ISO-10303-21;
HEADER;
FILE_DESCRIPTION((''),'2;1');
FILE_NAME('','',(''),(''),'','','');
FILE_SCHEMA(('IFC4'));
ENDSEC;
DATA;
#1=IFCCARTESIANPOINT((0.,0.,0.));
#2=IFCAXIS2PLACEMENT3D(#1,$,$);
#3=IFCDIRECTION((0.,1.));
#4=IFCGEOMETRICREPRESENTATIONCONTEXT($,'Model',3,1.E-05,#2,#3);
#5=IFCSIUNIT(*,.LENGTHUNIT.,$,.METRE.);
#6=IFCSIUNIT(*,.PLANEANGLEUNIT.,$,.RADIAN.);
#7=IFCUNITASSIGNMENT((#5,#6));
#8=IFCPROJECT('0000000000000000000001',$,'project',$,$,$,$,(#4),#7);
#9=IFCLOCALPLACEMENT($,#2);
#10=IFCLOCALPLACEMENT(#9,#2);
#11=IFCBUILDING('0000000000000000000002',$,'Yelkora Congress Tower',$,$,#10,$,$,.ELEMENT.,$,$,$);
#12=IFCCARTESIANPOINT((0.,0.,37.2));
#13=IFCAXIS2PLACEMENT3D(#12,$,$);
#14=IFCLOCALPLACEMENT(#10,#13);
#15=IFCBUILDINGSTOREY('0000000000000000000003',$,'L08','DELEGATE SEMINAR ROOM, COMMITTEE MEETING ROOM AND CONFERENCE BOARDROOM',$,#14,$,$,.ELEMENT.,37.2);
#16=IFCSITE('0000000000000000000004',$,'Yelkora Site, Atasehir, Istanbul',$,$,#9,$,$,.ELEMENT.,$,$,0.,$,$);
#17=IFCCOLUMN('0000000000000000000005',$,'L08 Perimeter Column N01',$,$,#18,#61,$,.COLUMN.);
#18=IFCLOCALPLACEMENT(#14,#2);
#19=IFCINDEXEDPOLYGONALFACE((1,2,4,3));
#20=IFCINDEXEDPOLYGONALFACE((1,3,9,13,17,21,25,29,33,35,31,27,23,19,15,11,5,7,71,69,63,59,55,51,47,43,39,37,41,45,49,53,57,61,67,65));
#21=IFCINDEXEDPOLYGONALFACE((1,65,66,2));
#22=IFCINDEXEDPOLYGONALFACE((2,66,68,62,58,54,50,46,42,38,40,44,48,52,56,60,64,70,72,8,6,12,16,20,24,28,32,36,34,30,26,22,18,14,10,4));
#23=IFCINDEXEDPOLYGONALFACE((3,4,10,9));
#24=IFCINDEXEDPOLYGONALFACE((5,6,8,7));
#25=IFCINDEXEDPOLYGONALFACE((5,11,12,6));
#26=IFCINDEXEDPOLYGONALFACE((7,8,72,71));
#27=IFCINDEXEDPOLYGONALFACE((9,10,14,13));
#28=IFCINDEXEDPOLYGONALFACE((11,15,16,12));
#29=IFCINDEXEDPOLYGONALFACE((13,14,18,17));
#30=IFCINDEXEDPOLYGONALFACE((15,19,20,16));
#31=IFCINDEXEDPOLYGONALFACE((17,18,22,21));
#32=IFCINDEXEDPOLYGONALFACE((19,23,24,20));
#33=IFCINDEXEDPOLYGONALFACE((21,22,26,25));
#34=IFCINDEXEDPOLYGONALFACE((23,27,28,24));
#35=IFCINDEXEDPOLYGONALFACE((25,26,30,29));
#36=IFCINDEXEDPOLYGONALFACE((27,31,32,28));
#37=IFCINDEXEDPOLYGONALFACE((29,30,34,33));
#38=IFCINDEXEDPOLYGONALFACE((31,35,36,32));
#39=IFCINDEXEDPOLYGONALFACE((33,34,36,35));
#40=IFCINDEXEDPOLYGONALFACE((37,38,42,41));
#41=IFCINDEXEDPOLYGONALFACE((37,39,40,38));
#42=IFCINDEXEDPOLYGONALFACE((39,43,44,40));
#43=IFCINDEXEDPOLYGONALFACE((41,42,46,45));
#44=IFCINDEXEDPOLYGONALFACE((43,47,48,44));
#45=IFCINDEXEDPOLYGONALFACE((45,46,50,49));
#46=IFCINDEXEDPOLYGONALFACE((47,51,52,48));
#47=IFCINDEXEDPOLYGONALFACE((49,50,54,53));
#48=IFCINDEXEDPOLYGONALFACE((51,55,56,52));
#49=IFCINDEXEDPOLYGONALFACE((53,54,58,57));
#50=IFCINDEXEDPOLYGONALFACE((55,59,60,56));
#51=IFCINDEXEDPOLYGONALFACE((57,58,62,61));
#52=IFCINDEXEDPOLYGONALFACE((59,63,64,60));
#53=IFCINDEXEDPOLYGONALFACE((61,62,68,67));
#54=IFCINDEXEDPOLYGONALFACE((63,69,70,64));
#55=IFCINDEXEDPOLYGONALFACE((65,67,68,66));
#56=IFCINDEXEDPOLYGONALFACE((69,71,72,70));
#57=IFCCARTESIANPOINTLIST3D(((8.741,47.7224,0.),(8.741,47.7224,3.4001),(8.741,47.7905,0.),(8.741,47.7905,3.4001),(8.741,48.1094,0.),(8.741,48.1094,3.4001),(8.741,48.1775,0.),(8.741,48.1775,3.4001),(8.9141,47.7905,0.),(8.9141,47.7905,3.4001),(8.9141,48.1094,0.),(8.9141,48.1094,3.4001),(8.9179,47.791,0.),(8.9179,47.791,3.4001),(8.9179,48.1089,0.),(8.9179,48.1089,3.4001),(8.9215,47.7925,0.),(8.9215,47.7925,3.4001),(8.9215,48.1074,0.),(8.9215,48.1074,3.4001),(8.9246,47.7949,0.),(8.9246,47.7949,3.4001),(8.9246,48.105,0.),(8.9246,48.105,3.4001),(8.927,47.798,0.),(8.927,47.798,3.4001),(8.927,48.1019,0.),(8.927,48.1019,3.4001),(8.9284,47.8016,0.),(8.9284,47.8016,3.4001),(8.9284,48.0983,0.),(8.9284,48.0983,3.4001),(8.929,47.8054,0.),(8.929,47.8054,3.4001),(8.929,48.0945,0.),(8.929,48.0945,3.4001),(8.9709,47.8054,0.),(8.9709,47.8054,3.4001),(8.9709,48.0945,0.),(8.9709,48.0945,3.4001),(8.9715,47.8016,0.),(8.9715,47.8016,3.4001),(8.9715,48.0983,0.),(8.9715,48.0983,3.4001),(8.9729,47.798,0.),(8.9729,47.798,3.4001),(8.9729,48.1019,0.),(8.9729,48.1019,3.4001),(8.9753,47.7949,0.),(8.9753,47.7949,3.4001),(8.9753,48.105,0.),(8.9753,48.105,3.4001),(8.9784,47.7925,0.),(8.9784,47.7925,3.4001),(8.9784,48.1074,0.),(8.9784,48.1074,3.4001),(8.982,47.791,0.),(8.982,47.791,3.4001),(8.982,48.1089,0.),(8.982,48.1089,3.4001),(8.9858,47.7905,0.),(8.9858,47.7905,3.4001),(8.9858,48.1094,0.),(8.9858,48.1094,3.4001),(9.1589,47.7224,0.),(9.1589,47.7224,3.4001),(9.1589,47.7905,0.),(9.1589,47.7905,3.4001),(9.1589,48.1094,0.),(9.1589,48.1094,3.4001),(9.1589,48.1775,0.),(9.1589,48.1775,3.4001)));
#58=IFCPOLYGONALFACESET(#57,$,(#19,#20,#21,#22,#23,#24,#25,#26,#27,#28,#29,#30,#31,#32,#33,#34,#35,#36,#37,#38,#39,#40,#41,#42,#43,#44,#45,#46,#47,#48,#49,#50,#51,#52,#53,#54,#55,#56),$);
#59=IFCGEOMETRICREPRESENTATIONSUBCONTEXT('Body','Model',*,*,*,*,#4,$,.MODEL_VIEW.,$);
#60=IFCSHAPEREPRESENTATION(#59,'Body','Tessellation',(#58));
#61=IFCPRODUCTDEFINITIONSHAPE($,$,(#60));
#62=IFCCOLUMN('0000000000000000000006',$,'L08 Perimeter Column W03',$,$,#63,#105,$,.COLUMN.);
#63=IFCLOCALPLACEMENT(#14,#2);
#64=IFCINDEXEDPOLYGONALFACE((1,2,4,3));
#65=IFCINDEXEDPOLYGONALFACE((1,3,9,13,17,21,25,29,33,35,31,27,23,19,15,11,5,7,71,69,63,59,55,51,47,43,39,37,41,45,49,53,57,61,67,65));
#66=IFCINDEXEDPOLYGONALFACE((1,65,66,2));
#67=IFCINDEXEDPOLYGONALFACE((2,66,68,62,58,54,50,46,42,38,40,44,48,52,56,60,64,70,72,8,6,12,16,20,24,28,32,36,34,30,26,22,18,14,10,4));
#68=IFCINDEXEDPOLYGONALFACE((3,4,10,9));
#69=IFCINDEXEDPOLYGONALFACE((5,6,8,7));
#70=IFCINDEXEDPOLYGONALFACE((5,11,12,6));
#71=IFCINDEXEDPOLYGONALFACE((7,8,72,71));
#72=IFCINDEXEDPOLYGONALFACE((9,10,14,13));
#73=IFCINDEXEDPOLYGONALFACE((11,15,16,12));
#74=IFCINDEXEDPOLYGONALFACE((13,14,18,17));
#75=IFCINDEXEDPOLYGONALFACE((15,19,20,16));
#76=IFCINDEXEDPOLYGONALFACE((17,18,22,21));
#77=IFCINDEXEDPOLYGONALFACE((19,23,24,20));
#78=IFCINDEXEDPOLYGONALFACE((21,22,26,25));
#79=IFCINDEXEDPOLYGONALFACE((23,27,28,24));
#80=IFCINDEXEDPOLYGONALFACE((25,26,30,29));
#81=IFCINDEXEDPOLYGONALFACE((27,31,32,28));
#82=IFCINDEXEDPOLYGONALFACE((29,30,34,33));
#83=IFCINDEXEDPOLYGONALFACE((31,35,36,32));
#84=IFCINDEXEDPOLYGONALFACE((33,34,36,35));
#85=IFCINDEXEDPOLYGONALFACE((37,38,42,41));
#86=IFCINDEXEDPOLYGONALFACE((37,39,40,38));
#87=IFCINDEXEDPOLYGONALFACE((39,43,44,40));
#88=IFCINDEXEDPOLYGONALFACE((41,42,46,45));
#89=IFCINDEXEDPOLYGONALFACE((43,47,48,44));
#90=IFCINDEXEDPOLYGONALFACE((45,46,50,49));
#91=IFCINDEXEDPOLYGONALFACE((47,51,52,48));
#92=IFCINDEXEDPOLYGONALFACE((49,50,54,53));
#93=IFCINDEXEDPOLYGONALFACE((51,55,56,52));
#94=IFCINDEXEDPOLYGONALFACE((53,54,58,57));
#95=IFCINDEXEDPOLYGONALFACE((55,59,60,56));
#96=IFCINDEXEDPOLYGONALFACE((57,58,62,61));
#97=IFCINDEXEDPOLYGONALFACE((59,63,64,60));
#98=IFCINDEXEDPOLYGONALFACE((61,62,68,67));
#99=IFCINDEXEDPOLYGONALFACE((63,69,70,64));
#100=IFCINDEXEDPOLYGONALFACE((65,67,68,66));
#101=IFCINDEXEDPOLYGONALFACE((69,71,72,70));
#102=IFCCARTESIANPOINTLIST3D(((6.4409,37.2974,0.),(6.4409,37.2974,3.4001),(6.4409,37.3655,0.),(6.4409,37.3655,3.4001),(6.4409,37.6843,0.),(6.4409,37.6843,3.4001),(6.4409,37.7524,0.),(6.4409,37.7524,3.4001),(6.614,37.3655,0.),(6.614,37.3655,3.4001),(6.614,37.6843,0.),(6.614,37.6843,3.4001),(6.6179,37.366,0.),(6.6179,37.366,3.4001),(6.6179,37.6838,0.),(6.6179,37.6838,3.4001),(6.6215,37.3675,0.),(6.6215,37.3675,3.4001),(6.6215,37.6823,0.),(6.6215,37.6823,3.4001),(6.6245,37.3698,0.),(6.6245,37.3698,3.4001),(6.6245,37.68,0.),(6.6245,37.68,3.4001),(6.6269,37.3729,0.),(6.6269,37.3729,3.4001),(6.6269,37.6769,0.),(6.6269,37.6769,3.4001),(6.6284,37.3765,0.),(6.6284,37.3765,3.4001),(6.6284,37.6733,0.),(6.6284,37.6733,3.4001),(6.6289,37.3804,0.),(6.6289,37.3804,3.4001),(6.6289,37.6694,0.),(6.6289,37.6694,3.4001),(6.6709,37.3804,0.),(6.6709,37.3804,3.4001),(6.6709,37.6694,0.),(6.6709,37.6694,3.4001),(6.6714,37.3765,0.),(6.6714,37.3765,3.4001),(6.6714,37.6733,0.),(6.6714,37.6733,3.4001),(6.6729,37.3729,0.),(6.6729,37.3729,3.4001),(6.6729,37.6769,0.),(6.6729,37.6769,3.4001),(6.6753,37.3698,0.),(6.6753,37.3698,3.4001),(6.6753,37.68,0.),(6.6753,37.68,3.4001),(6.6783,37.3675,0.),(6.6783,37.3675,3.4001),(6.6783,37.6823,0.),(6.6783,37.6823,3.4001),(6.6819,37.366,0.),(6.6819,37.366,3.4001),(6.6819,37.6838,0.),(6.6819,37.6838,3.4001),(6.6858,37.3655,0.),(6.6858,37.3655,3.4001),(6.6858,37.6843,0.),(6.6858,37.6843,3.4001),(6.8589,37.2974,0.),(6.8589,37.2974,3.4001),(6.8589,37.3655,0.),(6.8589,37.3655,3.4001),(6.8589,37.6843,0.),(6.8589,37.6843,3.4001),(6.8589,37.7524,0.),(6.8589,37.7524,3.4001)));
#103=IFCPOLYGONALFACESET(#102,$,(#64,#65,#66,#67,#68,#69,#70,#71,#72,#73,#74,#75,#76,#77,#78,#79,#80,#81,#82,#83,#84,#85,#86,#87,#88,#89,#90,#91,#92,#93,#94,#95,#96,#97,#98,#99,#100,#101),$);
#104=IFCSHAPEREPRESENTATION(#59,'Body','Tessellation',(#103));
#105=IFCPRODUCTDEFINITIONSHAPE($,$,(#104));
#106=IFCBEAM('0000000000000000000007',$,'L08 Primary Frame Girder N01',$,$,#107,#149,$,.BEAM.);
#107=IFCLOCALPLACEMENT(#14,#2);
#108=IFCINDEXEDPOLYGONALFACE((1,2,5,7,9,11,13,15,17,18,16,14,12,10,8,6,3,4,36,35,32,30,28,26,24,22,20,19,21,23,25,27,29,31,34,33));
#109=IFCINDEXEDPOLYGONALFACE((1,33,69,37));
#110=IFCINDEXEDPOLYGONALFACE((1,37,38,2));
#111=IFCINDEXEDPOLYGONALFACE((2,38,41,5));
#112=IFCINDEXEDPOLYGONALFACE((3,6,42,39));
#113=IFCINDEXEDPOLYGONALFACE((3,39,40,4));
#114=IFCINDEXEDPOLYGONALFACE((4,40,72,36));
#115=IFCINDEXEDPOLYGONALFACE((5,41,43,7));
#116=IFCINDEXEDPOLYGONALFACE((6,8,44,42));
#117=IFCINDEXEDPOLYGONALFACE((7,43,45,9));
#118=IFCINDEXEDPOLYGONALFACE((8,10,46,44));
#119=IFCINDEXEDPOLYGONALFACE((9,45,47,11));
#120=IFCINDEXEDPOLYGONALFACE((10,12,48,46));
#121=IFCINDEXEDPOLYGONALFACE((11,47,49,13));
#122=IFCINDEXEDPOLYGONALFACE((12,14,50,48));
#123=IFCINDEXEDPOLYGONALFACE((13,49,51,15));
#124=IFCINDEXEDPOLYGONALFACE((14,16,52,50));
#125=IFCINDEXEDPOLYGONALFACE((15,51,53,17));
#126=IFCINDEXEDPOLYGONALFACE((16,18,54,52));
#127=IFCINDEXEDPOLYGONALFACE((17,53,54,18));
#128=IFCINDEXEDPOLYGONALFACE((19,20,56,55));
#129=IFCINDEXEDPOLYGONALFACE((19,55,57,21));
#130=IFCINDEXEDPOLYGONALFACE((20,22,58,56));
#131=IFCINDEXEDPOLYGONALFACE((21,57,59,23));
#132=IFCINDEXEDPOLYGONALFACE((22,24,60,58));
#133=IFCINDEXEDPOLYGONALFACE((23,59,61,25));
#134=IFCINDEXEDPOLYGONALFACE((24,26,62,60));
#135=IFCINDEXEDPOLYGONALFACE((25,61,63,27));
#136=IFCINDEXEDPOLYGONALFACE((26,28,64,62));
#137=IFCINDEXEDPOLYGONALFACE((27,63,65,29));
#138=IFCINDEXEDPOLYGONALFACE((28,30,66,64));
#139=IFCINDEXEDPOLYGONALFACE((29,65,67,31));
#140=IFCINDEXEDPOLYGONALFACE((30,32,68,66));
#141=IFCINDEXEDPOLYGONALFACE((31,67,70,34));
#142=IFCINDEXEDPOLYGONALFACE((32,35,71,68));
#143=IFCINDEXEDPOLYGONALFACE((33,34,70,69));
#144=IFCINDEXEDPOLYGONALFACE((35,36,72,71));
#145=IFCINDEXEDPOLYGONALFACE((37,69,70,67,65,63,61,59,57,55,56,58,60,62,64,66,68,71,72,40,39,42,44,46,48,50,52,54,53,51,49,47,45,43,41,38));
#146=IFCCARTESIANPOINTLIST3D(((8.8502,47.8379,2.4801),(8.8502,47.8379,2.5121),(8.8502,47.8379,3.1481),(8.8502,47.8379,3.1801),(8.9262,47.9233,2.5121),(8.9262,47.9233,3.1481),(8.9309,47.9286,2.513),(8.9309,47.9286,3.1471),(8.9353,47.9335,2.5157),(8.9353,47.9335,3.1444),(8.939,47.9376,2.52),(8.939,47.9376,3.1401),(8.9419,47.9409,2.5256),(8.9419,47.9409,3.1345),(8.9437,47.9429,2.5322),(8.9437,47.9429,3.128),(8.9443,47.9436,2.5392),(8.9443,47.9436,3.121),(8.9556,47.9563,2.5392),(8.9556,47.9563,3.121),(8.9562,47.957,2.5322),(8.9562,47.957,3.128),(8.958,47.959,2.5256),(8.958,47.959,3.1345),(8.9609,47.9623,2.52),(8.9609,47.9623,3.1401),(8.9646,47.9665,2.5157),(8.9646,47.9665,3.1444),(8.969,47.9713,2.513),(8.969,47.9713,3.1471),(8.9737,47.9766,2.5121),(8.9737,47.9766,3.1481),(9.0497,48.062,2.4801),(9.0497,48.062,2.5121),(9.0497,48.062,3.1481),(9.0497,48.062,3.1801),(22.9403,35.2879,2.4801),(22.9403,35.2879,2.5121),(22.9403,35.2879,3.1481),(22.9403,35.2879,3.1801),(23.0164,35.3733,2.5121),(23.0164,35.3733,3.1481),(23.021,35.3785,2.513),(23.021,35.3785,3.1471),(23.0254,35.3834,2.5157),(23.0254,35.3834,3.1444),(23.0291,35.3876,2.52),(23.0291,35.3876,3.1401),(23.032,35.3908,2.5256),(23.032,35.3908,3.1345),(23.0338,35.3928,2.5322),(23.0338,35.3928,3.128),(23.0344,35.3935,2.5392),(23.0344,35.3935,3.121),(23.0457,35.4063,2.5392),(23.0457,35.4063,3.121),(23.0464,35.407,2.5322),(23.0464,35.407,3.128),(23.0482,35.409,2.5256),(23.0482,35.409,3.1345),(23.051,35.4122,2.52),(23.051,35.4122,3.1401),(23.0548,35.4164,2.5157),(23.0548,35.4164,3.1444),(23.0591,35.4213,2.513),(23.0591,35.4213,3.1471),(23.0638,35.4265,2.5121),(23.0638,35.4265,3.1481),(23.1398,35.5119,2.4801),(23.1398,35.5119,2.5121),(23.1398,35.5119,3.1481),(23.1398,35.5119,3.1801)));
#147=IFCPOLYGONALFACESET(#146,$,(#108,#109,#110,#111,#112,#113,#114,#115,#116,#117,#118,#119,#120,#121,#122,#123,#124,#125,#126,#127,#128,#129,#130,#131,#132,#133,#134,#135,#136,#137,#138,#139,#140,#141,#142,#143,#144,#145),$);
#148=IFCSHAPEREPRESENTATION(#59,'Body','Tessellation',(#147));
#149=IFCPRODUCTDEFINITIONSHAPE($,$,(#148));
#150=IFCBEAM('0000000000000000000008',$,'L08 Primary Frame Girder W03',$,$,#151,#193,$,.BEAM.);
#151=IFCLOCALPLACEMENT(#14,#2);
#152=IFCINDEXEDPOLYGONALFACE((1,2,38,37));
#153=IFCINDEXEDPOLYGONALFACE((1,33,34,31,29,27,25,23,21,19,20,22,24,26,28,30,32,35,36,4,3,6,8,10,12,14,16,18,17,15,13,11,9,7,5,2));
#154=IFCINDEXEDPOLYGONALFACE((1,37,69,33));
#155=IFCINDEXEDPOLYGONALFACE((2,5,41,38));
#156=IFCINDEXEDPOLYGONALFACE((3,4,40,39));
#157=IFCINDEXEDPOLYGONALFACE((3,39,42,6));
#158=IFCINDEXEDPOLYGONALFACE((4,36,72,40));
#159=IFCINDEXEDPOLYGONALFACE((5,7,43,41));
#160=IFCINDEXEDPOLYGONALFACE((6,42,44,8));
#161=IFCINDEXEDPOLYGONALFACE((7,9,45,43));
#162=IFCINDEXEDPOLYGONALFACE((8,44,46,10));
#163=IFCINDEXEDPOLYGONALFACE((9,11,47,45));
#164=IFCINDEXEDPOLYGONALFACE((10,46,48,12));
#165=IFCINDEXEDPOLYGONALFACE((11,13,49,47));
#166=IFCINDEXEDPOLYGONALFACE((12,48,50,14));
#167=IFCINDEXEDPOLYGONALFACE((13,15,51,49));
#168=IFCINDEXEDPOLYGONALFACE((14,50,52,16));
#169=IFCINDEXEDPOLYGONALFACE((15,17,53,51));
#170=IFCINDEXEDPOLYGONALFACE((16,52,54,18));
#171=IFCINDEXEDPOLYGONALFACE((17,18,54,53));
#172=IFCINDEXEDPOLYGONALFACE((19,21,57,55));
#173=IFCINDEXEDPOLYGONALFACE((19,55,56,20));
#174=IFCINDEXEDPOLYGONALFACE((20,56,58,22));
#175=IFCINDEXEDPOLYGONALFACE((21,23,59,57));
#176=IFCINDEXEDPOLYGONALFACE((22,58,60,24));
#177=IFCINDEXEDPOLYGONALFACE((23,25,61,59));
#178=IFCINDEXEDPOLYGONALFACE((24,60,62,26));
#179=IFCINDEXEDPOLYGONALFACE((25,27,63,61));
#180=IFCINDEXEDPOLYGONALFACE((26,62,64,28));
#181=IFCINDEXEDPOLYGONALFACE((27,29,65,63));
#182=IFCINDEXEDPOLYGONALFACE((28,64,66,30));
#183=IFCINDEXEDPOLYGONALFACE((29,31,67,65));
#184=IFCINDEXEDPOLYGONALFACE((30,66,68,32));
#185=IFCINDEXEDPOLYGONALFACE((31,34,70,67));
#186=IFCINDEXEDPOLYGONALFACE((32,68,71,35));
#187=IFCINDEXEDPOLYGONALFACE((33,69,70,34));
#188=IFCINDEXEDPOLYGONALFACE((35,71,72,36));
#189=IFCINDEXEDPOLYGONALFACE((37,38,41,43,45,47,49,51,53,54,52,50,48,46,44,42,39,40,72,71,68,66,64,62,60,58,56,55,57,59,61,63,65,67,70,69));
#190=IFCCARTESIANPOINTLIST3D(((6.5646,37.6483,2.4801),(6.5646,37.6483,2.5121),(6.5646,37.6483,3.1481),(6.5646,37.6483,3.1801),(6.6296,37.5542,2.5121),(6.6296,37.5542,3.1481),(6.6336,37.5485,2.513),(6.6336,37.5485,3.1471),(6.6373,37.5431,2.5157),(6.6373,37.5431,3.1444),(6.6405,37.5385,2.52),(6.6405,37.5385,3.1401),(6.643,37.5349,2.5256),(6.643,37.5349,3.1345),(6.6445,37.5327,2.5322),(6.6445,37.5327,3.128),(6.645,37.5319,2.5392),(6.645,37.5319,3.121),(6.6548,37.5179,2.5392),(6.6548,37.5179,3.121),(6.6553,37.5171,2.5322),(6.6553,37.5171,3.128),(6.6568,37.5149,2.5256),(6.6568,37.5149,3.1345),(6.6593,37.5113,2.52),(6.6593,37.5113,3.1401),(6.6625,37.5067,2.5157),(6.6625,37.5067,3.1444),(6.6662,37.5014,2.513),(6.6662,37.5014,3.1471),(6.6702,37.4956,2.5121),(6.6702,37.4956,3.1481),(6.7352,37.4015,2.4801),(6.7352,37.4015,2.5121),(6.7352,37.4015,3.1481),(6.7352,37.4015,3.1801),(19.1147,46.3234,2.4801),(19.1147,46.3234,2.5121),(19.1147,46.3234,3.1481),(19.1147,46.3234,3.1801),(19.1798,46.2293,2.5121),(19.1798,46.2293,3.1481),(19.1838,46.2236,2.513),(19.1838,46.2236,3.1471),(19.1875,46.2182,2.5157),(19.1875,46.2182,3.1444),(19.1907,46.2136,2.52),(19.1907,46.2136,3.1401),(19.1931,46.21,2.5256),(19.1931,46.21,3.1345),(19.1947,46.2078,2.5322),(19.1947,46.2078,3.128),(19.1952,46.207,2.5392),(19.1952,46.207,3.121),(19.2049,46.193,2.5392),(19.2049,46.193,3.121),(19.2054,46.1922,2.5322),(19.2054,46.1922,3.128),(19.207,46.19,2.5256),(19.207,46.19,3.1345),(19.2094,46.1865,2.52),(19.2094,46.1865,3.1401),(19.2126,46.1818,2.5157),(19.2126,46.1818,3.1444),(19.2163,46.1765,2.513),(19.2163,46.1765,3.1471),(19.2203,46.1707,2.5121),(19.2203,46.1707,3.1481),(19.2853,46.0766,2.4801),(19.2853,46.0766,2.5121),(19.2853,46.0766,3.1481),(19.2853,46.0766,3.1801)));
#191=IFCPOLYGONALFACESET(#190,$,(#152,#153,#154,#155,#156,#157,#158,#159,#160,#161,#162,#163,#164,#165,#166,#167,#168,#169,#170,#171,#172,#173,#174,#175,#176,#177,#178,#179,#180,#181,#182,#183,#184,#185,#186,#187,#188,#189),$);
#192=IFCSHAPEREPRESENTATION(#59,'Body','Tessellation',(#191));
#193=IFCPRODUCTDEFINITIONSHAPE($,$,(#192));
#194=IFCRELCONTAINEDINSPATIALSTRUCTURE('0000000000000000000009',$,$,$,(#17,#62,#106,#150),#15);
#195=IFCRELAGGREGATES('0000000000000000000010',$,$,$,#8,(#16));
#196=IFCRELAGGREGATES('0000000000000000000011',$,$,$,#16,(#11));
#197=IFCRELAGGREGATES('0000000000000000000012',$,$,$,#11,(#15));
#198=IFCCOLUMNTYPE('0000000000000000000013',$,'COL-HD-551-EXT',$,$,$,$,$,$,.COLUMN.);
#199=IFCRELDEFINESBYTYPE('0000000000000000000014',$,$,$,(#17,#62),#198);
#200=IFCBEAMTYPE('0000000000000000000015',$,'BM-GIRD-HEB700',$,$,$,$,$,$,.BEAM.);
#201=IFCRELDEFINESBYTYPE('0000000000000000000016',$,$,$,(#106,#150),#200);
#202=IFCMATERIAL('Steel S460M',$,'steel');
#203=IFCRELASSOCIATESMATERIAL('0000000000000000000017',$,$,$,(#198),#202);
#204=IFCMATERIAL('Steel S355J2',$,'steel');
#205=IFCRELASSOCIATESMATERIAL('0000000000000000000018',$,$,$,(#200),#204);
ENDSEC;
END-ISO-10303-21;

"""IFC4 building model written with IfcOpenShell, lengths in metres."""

from ifc_helpers import new_model, si_unit, direction, frame, origin, origin_2d, place, context, subcontext, project, spatial, i_section, extrude, material, material_profile, profile_set, type_object, element, save


model = new_model("IFC4")

# Units and contexts
model_context = context("Model", 3, precision=1e-05, world=origin(), true_north=direction((0.0, 1.0)))
body_context = subcontext(model_context, "Body", "Model", "MODEL_VIEW")
ifc_project = project(units=[si_unit("LENGTHUNIT", "METRE"), si_unit("PLANEANGLEUNIT", "RADIAN")], contexts=[model_context])

# Site, building, storey
site_placement = place(None, origin())
site = spatial("IfcSite", under=ifc_project, at=site_placement, Name="Yelkora Site, Atasehir, Istanbul", CompositionType="ELEMENT", RefElevation=0.0)
building_placement = place(site_placement, origin())
building = spatial("IfcBuilding", under=site, at=building_placement, Name="Yelkora Congress Tower", CompositionType="ELEMENT")
storey_placement = place(building_placement, frame((0.0, 0.0, 37.2)))
storey = spatial("IfcBuildingStorey", under=building, at=storey_placement, Name="L08", Description="DELEGATE SEMINAR ROOM, COMMITTEE MEETING ROOM AND CONFERENCE BOARDROOM", CompositionType="ELEMENT", Elevation=37.2)

# Columns
ifc_material_1 = material(Name="Steel S460M", Category="steel")
ifc_material_profile_1 = material_profile(ifc_material_1, i_section(OverallWidth=0.418, OverallDepth=0.4551, WebThickness=0.042, FlangeThickness=0.0681, FilletRadius=0.0149, at=origin_2d()), Name="HD 400x551")
ifc_profile_set_1 = profile_set([ifc_material_profile_1], Name="Steel S460M")
column_type = type_object("IfcColumnType", Name="COL-HD-551-EXT", PredefinedType="COLUMN", material=ifc_profile_set_1)
for number, where, z_axis, x_axis, name in (
    (1, (8.95, 47.95, 0.0), (0.0, 0.0, 1.0), (1.0, 0.0, 0.0), "L08 Perimeter Column N01"),
    (2, (6.6499, 37.5249, 0.0), (0.0, 0.0, 1.0), (1.0, 0.0, 0.0), "L08 Perimeter Column W03"),
):
    element("IfcColumn", number, at=place(storey_placement, frame(where, z_axis=z_axis, x_axis=x_axis)), inside=storey, type_object=column_type, Name=name, PredefinedType="COLUMN", context=body_context, shape_type="SweptSolid", body=[
        extrude(i_section(OverallWidth=0.418, OverallDepth=0.4551, WebThickness=0.042, FlangeThickness=0.0681, FilletRadius=0.0149, at=origin_2d()), origin(), (0.0, 0.0, 1.0), 3.4001),
    ])

# Beams
ifc_material_2 = material(Name="Steel S355J2", Category="steel")
ifc_material_profile_2 = material_profile(ifc_material_2, i_section(OverallWidth=0.3, OverallDepth=0.7, WebThickness=0.0171, FlangeThickness=0.032, FilletRadius=0.0271, at=origin_2d()), Name="HEB 700")
ifc_profile_set_2 = profile_set([ifc_material_profile_2], Name="Steel S355J2")
beam_type_1 = type_object("IfcBeamType", Name="BM-GIRD-HEB700", PredefinedType="BEAM", material=ifc_profile_set_2)
beam_1_placement = place(storey_placement, frame((8.95, 47.95, 2.8301), z_axis=(0.746737, -0.665119, 0.0), x_axis=(0.665119, 0.746737, 0.0)))
element("IfcBeam", 3, at=beam_1_placement, inside=storey, type_object=beam_type_1, Name="L08 Primary Frame Girder N01", PredefinedType="BEAM", context=body_context, shape_type="SweptSolid", body=[
    extrude(i_section(OverallWidth=0.3, OverallDepth=0.7, WebThickness=0.0171, FlangeThickness=0.032, FilletRadius=0.0271, at=origin_2d()), origin(), (0.0, 0.0, 1.0), 18.8689),
])
beam_2_placement = place(storey_placement, frame((6.6499, 37.5249, 2.8301), z_axis=(0.822604, 0.568614, 0.0), x_axis=(-0.568614, 0.822604, 0.0)))
element("IfcBeam", 4, at=beam_2_placement, inside=storey, type_object=beam_type_1, Name="L08 Primary Frame Girder W03", PredefinedType="BEAM", context=body_context, shape_type="SweptSolid", body=[
    extrude(i_section(OverallWidth=0.3, OverallDepth=0.7, WebThickness=0.0171, FlangeThickness=0.032, FilletRadius=0.0271, at=origin_2d()), origin(), (0.0, 0.0, 1.0), 15.2566),
])

save(model, "model.ifc")
